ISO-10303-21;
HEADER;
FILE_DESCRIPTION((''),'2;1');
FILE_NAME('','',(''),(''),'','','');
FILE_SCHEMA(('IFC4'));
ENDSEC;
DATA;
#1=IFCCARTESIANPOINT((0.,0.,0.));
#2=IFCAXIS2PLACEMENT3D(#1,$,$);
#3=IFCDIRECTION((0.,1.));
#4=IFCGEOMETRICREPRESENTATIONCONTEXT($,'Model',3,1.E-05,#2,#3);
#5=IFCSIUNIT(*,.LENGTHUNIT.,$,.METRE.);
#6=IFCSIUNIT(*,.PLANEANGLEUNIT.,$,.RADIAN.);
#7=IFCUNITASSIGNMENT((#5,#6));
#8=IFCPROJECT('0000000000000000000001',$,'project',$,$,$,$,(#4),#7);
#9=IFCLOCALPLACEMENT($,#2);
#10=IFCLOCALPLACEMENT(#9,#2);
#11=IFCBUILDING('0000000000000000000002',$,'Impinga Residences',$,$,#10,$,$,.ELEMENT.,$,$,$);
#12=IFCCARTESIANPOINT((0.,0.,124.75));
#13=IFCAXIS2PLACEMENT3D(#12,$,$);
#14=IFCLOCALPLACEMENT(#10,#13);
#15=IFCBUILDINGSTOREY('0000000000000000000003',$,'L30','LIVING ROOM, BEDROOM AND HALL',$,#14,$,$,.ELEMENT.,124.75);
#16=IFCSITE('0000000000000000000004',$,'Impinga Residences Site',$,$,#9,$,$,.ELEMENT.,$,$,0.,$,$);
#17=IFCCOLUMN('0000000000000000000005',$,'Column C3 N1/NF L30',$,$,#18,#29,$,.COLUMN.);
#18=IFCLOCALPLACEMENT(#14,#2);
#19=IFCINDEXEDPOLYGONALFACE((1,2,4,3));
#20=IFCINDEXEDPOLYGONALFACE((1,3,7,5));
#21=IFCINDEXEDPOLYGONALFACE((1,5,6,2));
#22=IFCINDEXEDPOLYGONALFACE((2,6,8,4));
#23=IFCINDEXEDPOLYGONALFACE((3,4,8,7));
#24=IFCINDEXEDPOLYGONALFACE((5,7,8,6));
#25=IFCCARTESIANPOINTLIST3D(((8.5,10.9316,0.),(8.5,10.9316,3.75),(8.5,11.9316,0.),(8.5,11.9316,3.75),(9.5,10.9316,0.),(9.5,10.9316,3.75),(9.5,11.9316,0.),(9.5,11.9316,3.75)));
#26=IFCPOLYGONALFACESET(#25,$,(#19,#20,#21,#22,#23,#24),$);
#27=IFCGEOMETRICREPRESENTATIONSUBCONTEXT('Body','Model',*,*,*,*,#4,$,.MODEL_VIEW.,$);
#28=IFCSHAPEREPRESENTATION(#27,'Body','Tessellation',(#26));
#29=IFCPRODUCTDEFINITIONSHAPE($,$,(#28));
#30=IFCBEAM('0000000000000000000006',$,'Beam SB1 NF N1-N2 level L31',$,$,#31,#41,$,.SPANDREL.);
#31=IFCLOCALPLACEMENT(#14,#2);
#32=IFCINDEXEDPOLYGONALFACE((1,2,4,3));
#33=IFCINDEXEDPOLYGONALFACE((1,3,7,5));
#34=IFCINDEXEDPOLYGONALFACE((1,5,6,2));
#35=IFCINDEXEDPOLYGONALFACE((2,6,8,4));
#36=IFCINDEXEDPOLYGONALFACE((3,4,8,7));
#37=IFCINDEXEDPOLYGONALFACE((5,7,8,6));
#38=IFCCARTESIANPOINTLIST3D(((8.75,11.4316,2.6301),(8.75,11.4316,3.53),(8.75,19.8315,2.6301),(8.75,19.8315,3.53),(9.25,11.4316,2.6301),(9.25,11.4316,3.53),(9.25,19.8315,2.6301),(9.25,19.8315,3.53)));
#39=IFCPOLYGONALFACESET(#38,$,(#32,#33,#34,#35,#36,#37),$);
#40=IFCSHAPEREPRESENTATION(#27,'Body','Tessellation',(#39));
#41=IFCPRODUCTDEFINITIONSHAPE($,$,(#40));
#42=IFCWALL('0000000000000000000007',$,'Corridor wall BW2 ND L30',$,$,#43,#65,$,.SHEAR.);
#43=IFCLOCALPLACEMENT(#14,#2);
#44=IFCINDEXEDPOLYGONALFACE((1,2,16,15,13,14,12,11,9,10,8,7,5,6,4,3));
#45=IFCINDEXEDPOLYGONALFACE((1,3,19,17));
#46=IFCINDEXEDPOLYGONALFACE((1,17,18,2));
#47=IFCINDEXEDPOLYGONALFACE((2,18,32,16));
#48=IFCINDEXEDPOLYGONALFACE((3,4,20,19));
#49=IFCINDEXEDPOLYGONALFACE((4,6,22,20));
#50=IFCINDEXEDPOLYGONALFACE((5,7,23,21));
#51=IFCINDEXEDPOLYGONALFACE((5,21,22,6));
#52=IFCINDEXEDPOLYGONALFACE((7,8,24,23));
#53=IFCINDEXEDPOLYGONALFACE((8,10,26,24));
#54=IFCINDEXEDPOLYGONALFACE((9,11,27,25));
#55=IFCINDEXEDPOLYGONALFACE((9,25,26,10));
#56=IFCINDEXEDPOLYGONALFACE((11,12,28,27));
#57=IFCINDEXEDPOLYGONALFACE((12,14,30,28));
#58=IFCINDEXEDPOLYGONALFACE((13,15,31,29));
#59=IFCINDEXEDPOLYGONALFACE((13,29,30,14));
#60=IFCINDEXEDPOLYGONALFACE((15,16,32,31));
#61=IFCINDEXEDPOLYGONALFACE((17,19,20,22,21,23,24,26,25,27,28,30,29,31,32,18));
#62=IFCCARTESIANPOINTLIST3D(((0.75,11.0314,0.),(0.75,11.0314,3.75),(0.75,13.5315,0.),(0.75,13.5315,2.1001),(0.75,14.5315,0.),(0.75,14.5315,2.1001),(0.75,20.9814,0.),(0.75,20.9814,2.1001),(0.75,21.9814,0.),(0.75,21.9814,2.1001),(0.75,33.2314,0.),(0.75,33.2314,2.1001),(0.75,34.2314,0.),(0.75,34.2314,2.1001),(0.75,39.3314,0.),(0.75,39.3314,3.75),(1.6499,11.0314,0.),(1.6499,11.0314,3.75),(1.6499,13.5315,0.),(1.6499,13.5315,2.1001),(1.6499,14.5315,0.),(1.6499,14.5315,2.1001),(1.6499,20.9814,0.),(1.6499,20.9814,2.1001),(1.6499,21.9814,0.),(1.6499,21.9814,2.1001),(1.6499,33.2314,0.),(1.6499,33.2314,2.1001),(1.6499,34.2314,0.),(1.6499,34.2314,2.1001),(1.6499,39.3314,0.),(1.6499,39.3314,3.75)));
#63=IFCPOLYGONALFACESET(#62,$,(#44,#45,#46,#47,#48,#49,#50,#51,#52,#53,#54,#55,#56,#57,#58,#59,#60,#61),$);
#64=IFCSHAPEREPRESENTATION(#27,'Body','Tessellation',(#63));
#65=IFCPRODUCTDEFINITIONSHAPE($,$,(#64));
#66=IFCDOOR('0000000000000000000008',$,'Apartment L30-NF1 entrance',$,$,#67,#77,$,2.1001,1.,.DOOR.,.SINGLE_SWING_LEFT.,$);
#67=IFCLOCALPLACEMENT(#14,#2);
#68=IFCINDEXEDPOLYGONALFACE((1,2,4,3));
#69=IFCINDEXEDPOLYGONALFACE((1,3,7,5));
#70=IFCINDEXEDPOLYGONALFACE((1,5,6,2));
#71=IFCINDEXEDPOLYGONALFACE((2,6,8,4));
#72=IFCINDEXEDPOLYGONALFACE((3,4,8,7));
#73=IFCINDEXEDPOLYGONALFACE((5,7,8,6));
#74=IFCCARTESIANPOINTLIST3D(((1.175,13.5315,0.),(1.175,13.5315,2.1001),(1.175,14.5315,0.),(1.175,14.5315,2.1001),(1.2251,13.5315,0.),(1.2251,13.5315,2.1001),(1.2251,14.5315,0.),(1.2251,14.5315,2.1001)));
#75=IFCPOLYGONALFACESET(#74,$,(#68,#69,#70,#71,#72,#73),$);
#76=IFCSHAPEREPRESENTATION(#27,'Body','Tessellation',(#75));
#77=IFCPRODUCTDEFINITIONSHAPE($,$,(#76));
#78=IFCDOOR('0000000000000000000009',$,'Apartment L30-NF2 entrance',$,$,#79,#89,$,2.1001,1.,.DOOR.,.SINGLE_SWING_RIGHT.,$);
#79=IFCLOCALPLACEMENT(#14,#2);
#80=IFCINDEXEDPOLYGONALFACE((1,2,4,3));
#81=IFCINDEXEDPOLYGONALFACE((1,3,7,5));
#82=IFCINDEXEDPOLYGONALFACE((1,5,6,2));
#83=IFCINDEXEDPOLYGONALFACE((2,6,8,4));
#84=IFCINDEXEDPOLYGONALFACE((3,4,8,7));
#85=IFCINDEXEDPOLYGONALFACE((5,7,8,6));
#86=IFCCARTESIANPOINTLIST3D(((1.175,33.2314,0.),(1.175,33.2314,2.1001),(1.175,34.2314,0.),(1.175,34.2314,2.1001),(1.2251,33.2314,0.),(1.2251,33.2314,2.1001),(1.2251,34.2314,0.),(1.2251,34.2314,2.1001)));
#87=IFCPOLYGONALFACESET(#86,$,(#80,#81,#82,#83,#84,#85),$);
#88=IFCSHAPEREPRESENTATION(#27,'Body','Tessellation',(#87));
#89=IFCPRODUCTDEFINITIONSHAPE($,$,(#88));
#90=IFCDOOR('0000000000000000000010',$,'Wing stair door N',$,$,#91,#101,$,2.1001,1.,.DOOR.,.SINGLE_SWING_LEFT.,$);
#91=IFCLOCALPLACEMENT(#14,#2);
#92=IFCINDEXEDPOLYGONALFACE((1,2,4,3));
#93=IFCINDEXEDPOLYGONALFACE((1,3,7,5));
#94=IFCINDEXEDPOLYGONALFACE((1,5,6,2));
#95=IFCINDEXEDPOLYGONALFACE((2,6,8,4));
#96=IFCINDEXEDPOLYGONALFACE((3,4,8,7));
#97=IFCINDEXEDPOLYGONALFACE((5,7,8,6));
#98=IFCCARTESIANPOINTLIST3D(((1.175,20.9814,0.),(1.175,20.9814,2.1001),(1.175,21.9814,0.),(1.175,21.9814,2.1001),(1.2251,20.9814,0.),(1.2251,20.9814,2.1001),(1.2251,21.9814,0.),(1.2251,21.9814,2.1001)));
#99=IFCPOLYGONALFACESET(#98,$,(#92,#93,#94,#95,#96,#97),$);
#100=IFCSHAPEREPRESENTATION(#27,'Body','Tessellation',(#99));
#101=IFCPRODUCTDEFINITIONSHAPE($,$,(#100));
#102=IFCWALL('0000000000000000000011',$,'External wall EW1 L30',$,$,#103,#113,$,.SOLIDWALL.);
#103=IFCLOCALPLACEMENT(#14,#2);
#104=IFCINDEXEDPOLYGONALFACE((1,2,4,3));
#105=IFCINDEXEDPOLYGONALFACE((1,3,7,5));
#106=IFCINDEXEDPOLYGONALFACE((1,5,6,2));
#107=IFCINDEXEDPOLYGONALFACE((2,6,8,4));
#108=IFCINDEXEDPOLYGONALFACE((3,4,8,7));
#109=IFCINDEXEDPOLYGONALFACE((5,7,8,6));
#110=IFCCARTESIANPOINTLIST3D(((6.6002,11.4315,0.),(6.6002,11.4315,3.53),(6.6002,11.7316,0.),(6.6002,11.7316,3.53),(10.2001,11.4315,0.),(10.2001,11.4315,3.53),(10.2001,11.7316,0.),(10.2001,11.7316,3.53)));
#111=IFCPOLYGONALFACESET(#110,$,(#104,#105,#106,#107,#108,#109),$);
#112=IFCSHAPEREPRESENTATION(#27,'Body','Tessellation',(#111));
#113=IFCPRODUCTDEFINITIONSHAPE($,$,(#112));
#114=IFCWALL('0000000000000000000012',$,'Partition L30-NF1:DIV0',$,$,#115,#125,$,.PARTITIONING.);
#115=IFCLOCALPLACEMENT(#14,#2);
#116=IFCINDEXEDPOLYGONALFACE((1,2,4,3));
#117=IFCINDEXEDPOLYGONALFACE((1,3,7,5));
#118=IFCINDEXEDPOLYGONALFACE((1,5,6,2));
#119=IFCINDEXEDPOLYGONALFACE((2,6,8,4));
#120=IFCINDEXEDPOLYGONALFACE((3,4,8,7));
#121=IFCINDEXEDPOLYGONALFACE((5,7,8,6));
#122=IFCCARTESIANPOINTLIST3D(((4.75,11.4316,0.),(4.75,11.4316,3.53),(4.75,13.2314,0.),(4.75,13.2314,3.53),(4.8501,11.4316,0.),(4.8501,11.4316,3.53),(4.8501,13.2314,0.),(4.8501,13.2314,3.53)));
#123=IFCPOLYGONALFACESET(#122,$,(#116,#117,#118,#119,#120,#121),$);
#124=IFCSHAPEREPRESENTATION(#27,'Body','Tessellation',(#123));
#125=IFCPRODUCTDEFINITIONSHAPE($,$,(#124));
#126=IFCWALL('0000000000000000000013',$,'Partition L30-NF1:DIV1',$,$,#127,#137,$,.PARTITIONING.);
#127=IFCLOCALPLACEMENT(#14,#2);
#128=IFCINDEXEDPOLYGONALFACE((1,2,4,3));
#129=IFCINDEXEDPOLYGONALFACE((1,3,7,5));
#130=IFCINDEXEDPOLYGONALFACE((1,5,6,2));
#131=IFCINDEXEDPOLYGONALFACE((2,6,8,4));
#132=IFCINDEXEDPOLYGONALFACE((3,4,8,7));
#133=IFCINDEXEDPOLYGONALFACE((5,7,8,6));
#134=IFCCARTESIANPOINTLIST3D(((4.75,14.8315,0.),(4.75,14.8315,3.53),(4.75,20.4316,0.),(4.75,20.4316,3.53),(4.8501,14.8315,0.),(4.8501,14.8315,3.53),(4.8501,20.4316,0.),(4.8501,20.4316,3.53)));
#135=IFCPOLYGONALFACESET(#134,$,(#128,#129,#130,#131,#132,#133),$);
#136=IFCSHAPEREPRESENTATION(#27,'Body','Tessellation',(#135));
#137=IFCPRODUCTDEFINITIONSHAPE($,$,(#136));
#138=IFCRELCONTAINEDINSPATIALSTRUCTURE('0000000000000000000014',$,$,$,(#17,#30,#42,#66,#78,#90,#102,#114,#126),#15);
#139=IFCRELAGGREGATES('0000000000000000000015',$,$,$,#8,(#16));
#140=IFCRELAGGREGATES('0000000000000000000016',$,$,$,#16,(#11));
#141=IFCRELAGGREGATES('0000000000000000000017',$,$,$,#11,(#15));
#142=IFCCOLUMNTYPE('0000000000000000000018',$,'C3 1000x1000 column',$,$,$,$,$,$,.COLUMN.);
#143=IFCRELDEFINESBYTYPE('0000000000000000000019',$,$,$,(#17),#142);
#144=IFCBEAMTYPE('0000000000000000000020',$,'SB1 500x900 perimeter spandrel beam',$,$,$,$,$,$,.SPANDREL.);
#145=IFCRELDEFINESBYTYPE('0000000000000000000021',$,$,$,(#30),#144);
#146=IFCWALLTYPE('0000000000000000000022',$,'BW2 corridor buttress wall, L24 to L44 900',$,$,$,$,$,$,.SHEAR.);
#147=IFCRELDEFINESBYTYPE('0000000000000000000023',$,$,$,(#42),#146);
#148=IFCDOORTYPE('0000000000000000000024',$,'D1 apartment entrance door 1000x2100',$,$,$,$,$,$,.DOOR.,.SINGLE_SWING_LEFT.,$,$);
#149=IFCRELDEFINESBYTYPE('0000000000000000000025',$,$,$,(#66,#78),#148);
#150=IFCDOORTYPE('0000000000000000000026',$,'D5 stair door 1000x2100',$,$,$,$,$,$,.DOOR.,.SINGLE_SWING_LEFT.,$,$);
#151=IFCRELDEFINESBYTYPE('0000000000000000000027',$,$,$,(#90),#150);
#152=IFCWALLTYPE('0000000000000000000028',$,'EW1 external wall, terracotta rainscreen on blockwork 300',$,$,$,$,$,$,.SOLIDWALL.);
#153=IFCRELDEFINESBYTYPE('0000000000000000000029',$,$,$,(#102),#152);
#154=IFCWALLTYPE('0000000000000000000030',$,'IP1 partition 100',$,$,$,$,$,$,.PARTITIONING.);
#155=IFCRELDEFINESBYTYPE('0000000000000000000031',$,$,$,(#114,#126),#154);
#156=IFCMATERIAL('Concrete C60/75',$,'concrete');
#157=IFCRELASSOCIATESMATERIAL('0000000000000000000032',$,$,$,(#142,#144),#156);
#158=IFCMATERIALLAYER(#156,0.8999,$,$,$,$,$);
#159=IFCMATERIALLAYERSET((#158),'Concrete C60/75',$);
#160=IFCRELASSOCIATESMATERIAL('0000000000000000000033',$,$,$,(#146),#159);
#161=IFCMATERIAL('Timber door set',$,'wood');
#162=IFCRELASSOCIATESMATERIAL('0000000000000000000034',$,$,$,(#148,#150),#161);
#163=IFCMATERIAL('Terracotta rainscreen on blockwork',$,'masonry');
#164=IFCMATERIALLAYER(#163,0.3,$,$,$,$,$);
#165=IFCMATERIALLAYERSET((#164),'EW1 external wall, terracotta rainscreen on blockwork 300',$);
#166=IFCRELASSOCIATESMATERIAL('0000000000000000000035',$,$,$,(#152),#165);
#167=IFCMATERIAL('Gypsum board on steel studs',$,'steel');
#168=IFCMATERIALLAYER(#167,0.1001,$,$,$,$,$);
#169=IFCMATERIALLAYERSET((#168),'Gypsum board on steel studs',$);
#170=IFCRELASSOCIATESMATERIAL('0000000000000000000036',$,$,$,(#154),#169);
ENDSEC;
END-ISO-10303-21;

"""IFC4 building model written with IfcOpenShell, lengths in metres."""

from ifc_helpers import new_model, si_unit, direction, frame, frame_2d, origin, origin_2d, place, context, subcontext, project, spatial, rectangle, extrude, material, layer, layer_set, material_profile, profile_set, type_object, element, fill, save


model = new_model("IFC4")

# Units and contexts
model_context = context("Model", 3, precision=1e-05, world=origin(), true_north=direction((0.0, 1.0)))
body_context = subcontext(model_context, "Body", "Model", "MODEL_VIEW")
ifc_project = project(units=[si_unit("LENGTHUNIT", "METRE"), si_unit("PLANEANGLEUNIT", "RADIAN")], contexts=[model_context])

# Site, building, storey
site_placement = place(None, origin())
site = spatial("IfcSite", under=ifc_project, at=site_placement, Name="Impinga Residences Site", CompositionType="ELEMENT", RefElevation=0.0)
building_placement = place(site_placement, origin())
building = spatial("IfcBuilding", under=site, at=building_placement, Name="Impinga Residences", CompositionType="ELEMENT")
storey_placement = place(building_placement, frame((0.0, 0.0, 124.75)))
storey = spatial("IfcBuildingStorey", under=building, at=storey_placement, Name="L30", Description="LIVING ROOM, BEDROOM AND HALL", CompositionType="ELEMENT", Elevation=124.75)

# Column
ifc_material_1 = material(Name="Concrete C60/75", Category="concrete")
ifc_material_profile_1 = material_profile(ifc_material_1, rectangle(XDim=1.0, YDim=1.0, at=origin_2d()), Name="RC 1000x1000")
ifc_profile_set_1 = profile_set([ifc_material_profile_1], Name="Concrete C60/75")
column_type = type_object("IfcColumnType", Name="C3 1000x1000 column", PredefinedType="COLUMN", material=ifc_profile_set_1)
column_placement = place(storey_placement, frame((9.0, 11.4316, 0.0), z_axis=(0.0, 0.0, 1.0), x_axis=(1.0, 0.0, 0.0)))
element("IfcColumn", 1, at=column_placement, inside=storey, type_object=column_type, Name="Column C3 N1/NF L30", PredefinedType="COLUMN", context=body_context, shape_type="SweptSolid", body=[
    extrude(rectangle(XDim=1.0, YDim=1.0, at=origin_2d()), origin(), (0.0, 0.0, 1.0), 3.75),
])

# Beam
ifc_material_profile_2 = material_profile(ifc_material_1, rectangle(XDim=0.5, YDim=0.8999, at=origin_2d()), Name="RC 500x900")
ifc_profile_set_2 = profile_set([ifc_material_profile_2], Name="Concrete C60/75")
beam_type = type_object("IfcBeamType", Name="SB1 500x900 perimeter spandrel beam", PredefinedType="SPANDREL", material=ifc_profile_set_2)
beam_placement = place(storey_placement, frame((9.0, 11.4316, 3.0801), z_axis=(0.0, 1.0, 0.0), x_axis=(-1.0, 0.0, 0.0)))
element("IfcBeam", 2, at=beam_placement, inside=storey, type_object=beam_type, Name="Beam SB1 NF N1-N2 level L31", PredefinedType="SPANDREL", context=body_context, shape_type="SweptSolid", body=[
    extrude(rectangle(XDim=0.5, YDim=0.8999, at=origin_2d()), origin(), (0.0, 0.0, 1.0), 8.3999),
])

# Wall, openings, doors
ifc_layer_1 = layer(ifc_material_1, 0.8999)
ifc_layer_set_1 = layer_set([ifc_layer_1], Name="Concrete C60/75")
wall_type_1 = type_object("IfcWallType", Name="BW2 corridor buttress wall, L24 to L44 900", PredefinedType="SHEAR", material=ifc_layer_set_1)
wall_1_placement = place(storey_placement, frame((1.2, 11.0315, 0.0), z_axis=(0.0, 0.0, 1.0), x_axis=(0.0, 1.0, 0.0)))
wall_1 = element("IfcWall", 3, at=wall_1_placement, inside=storey, type_object=wall_type_1, Name="Corridor wall BW2 ND L30", PredefinedType="SHEAR", context=body_context, shape_type="SweptSolid", body=[
    extrude(rectangle(XDim=28.3, YDim=0.8999, at=frame_2d((14.1499, 0.0))), origin(), (0.0, 0.0, 1.0), 3.75),
])
opening_1_placement = place(wall_1_placement, frame((9.95, 0.0, 0.0)))
opening_1 = element("IfcOpeningElement", 4, at=opening_1_placement, cuts=wall_1, PredefinedType="OPENING", context=body_context, shape_type="SweptSolid", body=[
    extrude(rectangle(XDim=1.0, YDim=2.1001, at=frame_2d((0.5, 1.05))), frame((0.0, 0.46, 0.0), z_axis=(0.0, -1.0, 0.0), x_axis=(1.0, 0.0, 0.0)), (0.0, 0.0, 1.0), 0.9199),
])
opening_2_placement = place(wall_1_placement, frame((2.5, 0.0, 0.0)))
opening_2 = element("IfcOpeningElement", 5, at=opening_2_placement, cuts=wall_1, PredefinedType="OPENING", context=body_context, shape_type="SweptSolid", body=[
    extrude(rectangle(XDim=1.0, YDim=2.1001, at=frame_2d((0.5, 1.05))), frame((0.0, 0.46, 0.0), z_axis=(0.0, -1.0, 0.0), x_axis=(1.0, 0.0, 0.0)), (0.0, 0.0, 1.0), 0.9199),
])
opening_3_placement = place(wall_1_placement, frame((22.2, 0.0, 0.0)))
opening_3 = element("IfcOpeningElement", 6, at=opening_3_placement, cuts=wall_1, PredefinedType="OPENING", context=body_context, shape_type="SweptSolid", body=[
    extrude(rectangle(XDim=1.0, YDim=2.1001, at=frame_2d((0.5, 1.05))), frame((0.0, 0.46, 0.0), z_axis=(0.0, -1.0, 0.0), x_axis=(1.0, 0.0, 0.0)), (0.0, 0.0, 1.0), 0.9199),
])
ifc_material_2 = material(Name="Timber door set", Category="wood")
door_type_1 = type_object("IfcDoorType", Name="D1 apartment entrance door 1000x2100", OperationType="SINGLE_SWING_LEFT", PredefinedType="DOOR", material=ifc_material_2)
door_1_placement = place(opening_2_placement, origin())
door_1 = element("IfcDoor", 7, at=door_1_placement, inside=storey, type_object=door_type_1, Name="Apartment L30-NF1 entrance", OperationType="SINGLE_SWING_LEFT", OverallHeight=2.1001, OverallWidth=1.0, PredefinedType="DOOR", context=body_context, shape_type="SweptSolid", body=[
    extrude(rectangle(XDim=1.0, YDim=2.1001, at=frame_2d((0.5, 1.05))), frame((0.0, 0.0249, 0.0), z_axis=(0.0, -1.0, 0.0), x_axis=(1.0, 0.0, 0.0)), (0.0, 0.0, 1.0), 0.05),
])
fill(opening_2, door_1)
door_2_placement = place(opening_3_placement, origin())
door_2 = element("IfcDoor", 8, at=door_2_placement, inside=storey, type_object=door_type_1, Name="Apartment L30-NF2 entrance", OperationType="SINGLE_SWING_RIGHT", OverallHeight=2.1001, OverallWidth=1.0, PredefinedType="DOOR", context=body_context, shape_type="SweptSolid", body=[
    extrude(rectangle(XDim=1.0, YDim=2.1001, at=frame_2d((0.5, 1.05))), frame((0.0, 0.0249, 0.0), z_axis=(0.0, -1.0, 0.0), x_axis=(1.0, 0.0, 0.0)), (0.0, 0.0, 1.0), 0.05),
])
fill(opening_3, door_2)
door_type_2 = type_object("IfcDoorType", Name="D5 stair door 1000x2100", OperationType="SINGLE_SWING_LEFT", PredefinedType="DOOR", material=ifc_material_2)
door_3_placement = place(opening_1_placement, origin())
door_3 = element("IfcDoor", 9, at=door_3_placement, inside=storey, type_object=door_type_2, Name="Wing stair door N", OperationType="SINGLE_SWING_LEFT", OverallHeight=2.1001, OverallWidth=1.0, PredefinedType="DOOR", context=body_context, shape_type="SweptSolid", body=[
    extrude(rectangle(XDim=1.0, YDim=2.1001, at=frame_2d((0.5, 1.05))), frame((0.0, 0.0249, 0.0), z_axis=(0.0, -1.0, 0.0), x_axis=(1.0, 0.0, 0.0)), (0.0, 0.0, 1.0), 0.05),
])
fill(opening_1, door_3)

# Walls
ifc_material_3 = material(Name="Terracotta rainscreen on blockwork", Category="masonry")
ifc_layer_2 = layer(ifc_material_3, 0.3)
ifc_layer_set_2 = layer_set([ifc_layer_2], Name="EW1 external wall, terracotta rainscreen on blockwork 300")
wall_type_2 = type_object("IfcWallType", Name="EW1 external wall, terracotta rainscreen on blockwork 300", PredefinedType="SOLIDWALL", material=ifc_layer_set_2)
wall_2_placement = place(storey_placement, frame((10.2, 11.5815, 0.0), z_axis=(0.0, 0.0, 1.0), x_axis=(-1.0, 0.0, 0.0)))
element("IfcWall", 10, at=wall_2_placement, inside=storey, type_object=wall_type_2, Name="External wall EW1 L30", PredefinedType="SOLIDWALL", context=body_context, shape_type="SweptSolid", body=[
    extrude(rectangle(XDim=3.5999, YDim=0.3, at=frame_2d((1.7998, 0.0))), origin(), (0.0, 0.0, 1.0), 3.53),
])
ifc_material_4 = material(Name="Gypsum board on steel studs", Category="steel")
ifc_layer_3 = layer(ifc_material_4, 0.1001)
ifc_layer_set_3 = layer_set([ifc_layer_3], Name="Gypsum board on steel studs")
wall_type_3 = type_object("IfcWallType", Name="IP1 partition 100", PredefinedType="PARTITIONING", material=ifc_layer_set_3)
wall_3_placement = place(storey_placement, frame((4.8, 11.4316, 0.0), z_axis=(0.0, 0.0, 1.0), x_axis=(0.0, 1.0, 0.0)))
element("IfcWall", 11, at=wall_3_placement, inside=storey, type_object=wall_type_3, Name="Partition L30-NF1:DIV0", PredefinedType="PARTITIONING", context=body_context, shape_type="SweptSolid", body=[
    extrude(rectangle(XDim=1.7998, YDim=0.1001, at=frame_2d((0.8999, 0.0))), origin(), (0.0, 0.0, 1.0), 3.53),
])
wall_4_placement = place(storey_placement, frame((4.8, 14.8315, 0.0), z_axis=(0.0, 0.0, 1.0), x_axis=(0.0, 1.0, 0.0)))
element("IfcWall", 12, at=wall_4_placement, inside=storey, type_object=wall_type_3, Name="Partition L30-NF1:DIV1", PredefinedType="PARTITIONING", context=body_context, shape_type="SweptSolid", body=[
    extrude(rectangle(XDim=5.6001, YDim=0.1001, at=frame_2d((2.8, 0.0))), origin(), (0.0, 0.0, 1.0), 3.53),
])

save(model, "model.ifc")
